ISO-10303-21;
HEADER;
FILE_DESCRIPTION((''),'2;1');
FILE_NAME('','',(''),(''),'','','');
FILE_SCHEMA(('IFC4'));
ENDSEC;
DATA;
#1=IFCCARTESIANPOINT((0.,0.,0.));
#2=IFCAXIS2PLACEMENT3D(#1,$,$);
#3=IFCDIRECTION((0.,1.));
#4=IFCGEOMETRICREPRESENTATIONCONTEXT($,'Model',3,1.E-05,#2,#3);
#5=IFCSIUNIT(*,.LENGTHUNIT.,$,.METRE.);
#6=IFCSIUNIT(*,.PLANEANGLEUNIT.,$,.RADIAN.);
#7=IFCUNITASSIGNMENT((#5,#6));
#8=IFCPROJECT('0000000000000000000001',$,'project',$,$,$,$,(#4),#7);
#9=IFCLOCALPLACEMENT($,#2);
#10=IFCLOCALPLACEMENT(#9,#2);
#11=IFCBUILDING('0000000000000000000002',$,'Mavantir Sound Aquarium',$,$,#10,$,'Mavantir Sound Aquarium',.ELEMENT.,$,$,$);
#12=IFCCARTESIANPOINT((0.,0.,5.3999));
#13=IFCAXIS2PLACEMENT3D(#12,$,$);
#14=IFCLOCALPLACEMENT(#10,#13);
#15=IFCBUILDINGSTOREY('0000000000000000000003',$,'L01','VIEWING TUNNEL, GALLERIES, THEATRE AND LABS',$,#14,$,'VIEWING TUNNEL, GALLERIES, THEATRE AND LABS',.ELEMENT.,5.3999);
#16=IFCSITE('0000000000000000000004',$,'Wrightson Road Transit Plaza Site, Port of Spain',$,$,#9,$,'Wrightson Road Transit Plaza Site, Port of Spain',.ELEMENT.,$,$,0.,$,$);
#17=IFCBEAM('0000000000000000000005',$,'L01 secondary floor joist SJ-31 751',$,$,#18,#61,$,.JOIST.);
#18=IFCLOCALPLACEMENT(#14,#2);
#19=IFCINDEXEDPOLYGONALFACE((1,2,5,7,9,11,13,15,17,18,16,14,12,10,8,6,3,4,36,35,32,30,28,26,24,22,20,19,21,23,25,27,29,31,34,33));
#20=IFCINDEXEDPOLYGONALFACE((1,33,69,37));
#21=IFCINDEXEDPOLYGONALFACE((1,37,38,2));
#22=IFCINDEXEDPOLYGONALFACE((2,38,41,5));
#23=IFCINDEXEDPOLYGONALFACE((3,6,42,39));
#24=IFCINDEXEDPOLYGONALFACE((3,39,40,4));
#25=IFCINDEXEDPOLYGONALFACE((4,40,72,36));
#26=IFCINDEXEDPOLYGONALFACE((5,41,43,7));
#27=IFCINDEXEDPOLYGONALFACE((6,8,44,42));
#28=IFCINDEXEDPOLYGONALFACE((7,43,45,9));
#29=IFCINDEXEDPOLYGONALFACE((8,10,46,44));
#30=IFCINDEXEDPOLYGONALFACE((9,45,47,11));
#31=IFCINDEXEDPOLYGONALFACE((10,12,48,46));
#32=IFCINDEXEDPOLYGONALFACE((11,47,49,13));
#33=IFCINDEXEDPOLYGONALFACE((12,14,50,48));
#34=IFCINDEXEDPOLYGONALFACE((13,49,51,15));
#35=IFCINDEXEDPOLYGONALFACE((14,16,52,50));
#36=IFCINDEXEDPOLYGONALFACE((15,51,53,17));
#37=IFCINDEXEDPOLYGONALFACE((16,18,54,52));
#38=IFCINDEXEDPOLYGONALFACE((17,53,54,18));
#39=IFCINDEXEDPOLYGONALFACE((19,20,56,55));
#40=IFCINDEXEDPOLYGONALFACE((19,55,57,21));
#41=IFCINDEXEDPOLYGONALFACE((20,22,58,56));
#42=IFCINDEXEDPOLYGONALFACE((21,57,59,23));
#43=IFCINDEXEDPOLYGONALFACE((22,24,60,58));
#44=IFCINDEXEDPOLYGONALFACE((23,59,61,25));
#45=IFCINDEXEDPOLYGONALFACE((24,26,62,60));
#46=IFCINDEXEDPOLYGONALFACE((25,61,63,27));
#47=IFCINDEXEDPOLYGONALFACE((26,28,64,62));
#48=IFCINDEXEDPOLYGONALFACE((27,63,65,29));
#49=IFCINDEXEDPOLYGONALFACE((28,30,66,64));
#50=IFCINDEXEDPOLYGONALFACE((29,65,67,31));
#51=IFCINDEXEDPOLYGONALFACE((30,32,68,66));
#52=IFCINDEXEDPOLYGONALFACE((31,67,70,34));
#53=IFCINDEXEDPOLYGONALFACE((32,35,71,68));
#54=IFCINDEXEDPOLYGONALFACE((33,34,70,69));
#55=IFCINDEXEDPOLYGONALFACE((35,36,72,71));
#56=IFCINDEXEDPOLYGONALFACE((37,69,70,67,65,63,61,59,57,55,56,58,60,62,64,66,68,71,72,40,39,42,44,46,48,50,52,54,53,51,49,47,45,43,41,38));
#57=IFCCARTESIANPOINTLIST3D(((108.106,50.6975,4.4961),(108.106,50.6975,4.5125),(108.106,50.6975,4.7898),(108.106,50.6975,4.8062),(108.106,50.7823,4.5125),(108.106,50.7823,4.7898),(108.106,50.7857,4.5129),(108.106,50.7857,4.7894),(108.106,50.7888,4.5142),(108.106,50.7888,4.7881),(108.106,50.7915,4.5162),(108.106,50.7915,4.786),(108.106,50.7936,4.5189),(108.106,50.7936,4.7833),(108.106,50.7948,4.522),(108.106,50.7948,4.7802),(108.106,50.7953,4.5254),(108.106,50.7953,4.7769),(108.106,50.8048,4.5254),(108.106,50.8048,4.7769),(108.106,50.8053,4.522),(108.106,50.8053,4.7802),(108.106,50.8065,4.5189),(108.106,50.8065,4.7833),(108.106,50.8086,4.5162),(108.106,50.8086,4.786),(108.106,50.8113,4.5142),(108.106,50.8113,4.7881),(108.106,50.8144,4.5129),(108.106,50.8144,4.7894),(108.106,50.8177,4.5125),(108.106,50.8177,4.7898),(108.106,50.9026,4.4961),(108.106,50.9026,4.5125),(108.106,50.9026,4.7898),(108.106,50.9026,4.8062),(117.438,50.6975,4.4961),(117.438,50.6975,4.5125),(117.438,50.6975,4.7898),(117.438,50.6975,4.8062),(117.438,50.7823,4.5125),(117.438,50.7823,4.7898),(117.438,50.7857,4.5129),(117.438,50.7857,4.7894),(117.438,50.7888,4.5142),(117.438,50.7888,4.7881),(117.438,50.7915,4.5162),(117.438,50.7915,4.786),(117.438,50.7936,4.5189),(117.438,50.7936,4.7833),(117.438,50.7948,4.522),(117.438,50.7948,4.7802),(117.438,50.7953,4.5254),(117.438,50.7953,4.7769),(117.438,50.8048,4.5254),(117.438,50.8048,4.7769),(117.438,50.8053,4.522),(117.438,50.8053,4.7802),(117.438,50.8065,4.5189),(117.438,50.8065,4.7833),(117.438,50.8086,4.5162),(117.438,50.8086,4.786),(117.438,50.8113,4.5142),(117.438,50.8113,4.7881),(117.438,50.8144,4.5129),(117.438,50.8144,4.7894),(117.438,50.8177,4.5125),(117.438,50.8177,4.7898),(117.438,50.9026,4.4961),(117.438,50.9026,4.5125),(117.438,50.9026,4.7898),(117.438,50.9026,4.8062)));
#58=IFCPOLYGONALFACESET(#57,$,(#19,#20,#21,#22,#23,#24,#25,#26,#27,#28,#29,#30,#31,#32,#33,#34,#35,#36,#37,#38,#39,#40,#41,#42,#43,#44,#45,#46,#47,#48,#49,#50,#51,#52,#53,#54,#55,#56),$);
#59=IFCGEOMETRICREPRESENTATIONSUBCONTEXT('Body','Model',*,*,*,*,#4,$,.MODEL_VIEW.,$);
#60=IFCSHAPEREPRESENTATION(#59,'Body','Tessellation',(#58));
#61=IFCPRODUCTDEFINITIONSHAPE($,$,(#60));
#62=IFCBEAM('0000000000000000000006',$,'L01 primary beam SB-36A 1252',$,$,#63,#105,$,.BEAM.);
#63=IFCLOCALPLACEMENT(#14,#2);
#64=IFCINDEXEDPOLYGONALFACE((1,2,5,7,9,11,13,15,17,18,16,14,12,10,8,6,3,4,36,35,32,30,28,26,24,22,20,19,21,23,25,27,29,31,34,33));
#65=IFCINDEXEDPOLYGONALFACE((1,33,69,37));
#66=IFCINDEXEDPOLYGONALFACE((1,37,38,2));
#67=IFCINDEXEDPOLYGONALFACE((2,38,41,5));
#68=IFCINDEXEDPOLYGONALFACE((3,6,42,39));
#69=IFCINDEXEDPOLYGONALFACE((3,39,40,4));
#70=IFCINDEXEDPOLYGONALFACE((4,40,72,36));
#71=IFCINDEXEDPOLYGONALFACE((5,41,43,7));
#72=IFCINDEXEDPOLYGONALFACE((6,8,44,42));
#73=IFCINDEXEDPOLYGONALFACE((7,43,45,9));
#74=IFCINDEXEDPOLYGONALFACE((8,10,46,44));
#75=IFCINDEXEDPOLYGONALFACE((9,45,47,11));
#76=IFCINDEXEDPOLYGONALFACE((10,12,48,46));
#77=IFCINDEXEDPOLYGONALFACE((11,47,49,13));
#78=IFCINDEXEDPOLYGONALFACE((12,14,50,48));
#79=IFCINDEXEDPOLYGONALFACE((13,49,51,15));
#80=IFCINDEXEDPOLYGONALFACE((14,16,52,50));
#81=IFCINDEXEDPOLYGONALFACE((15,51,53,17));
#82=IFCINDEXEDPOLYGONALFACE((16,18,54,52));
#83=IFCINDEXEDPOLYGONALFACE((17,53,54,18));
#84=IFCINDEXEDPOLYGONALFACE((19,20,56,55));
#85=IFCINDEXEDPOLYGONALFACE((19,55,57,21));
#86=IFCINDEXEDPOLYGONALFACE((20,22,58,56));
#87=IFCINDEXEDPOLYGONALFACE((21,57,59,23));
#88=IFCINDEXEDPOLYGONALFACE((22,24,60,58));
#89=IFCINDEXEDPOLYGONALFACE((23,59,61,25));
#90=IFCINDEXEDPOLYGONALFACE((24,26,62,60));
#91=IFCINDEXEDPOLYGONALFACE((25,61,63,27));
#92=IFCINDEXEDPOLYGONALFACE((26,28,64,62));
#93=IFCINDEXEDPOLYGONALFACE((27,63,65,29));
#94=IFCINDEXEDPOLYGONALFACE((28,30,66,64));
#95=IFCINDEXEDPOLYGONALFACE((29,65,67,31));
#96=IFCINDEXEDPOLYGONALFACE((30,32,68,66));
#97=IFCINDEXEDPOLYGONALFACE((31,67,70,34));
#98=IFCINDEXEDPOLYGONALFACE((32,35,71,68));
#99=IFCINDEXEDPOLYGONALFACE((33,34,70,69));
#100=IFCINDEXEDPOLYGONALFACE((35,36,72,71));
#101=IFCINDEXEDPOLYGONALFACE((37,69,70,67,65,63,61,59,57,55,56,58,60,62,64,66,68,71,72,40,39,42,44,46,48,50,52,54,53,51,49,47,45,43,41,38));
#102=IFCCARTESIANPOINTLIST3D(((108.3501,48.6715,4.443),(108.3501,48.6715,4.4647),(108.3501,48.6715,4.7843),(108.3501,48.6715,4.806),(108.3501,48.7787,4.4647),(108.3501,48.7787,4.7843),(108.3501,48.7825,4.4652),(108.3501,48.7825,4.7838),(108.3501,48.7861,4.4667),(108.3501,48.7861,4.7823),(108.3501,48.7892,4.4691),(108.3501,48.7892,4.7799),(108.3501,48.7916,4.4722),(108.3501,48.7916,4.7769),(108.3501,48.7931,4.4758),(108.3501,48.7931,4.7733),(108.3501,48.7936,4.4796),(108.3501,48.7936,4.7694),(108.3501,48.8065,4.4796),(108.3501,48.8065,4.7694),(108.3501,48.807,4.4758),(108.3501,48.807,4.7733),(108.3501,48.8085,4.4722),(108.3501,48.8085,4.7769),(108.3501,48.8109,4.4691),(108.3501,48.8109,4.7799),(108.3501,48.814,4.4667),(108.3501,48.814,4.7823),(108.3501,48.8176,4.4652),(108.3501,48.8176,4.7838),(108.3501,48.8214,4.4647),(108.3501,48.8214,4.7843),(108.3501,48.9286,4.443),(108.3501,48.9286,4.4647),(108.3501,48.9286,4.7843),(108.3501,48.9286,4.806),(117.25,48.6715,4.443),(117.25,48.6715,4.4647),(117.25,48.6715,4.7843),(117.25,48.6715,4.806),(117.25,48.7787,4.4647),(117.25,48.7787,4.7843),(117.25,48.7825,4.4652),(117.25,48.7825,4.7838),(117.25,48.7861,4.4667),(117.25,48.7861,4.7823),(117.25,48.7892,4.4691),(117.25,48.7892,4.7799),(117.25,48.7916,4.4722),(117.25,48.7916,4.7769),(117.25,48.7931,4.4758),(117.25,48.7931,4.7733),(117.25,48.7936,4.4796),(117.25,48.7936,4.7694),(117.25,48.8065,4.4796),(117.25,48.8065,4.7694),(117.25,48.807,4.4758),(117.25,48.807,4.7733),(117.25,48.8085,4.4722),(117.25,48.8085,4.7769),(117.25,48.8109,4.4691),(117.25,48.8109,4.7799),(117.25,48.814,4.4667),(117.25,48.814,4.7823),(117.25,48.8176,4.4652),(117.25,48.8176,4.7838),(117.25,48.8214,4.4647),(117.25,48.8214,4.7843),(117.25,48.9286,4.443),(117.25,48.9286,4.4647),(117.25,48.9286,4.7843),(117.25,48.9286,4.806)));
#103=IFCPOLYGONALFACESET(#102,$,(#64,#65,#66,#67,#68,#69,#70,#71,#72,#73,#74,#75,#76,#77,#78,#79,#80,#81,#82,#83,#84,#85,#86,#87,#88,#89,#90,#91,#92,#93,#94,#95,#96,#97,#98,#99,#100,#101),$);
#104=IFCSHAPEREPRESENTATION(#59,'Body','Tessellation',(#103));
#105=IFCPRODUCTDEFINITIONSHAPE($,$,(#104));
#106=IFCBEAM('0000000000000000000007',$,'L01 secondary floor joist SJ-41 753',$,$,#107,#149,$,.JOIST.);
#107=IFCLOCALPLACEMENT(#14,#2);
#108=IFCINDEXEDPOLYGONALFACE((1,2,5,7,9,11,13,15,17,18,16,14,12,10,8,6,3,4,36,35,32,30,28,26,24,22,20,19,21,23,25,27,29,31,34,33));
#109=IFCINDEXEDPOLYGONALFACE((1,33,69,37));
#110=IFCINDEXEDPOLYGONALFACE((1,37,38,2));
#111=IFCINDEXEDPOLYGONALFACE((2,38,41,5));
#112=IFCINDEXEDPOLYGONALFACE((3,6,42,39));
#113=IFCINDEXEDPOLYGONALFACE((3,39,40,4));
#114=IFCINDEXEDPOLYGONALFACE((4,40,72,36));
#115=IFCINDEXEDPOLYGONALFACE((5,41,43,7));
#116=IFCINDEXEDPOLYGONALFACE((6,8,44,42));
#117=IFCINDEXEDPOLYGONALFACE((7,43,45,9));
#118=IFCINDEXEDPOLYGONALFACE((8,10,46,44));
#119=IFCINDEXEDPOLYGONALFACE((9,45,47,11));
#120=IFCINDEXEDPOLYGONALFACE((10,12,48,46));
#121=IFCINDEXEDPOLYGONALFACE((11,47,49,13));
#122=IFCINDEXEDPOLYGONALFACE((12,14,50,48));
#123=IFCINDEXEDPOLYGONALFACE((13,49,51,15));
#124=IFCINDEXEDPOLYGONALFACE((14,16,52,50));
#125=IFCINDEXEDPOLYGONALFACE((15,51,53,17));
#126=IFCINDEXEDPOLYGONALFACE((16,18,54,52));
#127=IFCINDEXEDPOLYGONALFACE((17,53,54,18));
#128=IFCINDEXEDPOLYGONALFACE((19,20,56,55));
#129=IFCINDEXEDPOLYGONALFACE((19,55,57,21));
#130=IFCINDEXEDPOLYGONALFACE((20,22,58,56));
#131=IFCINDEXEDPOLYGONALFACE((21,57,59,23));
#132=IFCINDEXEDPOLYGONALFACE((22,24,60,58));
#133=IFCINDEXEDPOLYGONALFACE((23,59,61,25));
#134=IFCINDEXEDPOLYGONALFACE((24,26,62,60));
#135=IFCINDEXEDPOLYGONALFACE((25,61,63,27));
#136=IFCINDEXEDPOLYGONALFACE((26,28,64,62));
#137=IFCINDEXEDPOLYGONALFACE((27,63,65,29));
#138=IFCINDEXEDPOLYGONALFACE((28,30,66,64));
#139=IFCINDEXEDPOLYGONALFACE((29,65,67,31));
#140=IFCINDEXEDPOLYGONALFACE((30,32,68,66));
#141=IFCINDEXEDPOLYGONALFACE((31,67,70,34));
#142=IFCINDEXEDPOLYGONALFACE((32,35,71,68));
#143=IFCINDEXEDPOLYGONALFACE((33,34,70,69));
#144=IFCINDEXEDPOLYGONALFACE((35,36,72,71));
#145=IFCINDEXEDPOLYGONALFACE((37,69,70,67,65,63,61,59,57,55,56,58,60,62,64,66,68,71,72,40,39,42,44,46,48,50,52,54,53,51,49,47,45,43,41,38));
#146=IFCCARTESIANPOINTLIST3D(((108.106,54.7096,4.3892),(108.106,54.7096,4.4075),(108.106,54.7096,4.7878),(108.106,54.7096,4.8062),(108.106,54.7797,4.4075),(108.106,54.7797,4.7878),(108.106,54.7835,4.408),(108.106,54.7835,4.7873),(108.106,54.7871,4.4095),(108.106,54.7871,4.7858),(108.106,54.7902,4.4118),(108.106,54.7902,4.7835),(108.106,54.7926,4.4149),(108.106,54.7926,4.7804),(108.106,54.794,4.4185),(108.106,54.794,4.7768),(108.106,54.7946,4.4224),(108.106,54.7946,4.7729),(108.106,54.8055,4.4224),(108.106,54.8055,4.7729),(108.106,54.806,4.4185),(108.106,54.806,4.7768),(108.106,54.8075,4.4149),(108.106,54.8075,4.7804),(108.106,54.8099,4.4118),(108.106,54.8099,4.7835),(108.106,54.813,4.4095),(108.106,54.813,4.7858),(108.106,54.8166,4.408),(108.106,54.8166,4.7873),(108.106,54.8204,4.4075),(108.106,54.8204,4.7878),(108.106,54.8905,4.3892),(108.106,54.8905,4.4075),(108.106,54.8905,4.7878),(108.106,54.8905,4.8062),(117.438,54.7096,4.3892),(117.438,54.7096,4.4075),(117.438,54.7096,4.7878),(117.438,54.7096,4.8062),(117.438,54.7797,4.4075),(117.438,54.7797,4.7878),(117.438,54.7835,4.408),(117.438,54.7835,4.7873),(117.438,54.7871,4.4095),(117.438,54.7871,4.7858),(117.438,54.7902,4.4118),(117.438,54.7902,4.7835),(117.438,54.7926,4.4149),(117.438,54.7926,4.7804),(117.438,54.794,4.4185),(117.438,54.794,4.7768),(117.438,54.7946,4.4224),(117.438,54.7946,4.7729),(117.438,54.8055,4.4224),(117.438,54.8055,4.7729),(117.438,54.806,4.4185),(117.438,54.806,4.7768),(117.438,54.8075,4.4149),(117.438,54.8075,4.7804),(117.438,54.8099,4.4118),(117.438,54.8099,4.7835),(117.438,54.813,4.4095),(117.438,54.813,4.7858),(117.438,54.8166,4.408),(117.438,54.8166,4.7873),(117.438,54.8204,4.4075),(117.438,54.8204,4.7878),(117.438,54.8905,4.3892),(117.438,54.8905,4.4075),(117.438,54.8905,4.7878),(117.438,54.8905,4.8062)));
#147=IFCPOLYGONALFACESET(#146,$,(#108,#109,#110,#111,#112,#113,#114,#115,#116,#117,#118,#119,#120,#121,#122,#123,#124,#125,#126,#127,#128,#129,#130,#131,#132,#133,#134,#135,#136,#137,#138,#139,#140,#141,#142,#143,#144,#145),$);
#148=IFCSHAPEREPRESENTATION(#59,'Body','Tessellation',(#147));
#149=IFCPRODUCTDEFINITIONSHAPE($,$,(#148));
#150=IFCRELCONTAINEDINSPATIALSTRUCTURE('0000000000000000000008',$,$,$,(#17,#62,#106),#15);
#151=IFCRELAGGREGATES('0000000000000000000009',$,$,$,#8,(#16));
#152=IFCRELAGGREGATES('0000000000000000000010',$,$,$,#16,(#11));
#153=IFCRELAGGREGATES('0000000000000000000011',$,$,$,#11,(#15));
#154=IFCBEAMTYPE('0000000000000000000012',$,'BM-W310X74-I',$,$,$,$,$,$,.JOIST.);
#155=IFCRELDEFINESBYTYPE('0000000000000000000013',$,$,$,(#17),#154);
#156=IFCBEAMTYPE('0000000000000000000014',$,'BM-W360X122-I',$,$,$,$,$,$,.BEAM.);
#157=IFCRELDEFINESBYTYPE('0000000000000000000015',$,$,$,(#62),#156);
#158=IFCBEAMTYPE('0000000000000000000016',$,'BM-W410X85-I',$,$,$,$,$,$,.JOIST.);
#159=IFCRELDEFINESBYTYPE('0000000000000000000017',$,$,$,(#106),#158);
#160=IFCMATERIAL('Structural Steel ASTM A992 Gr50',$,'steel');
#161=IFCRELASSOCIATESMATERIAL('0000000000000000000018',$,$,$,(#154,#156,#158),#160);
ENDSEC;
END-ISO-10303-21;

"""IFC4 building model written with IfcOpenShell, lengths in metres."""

from ifc_helpers import new_model, si_unit, direction, frame, origin, origin_2d, place, context, subcontext, project, spatial, i_section, extrude, material, material_profile, profile_set, type_object, element, save


model = new_model("IFC4")

# Units and contexts
model_context = context("Model", 3, precision=1e-05, world=origin(), true_north=direction((0.0, 1.0)))
body_context = subcontext(model_context, "Body", "Model", "MODEL_VIEW")
ifc_project = project(units=[si_unit("LENGTHUNIT", "METRE"), si_unit("PLANEANGLEUNIT", "RADIAN")], contexts=[model_context])

# Site, building, storey
site_placement = place(None, origin())
site = spatial("IfcSite", under=ifc_project, at=site_placement, Name="Wrightson Road Transit Plaza Site, Port of Spain", LongName="Wrightson Road Transit Plaza Site, Port of Spain", CompositionType="ELEMENT", RefElevation=0.0)
building_placement = place(site_placement, origin())
building = spatial("IfcBuilding", under=site, at=building_placement, Name="Mavantir Sound Aquarium", LongName="Mavantir Sound Aquarium", CompositionType="ELEMENT")
storey_placement = place(building_placement, frame((0.0, 0.0, 5.3999)))
storey = spatial("IfcBuildingStorey", under=building, at=storey_placement, Name="L01", Description="VIEWING TUNNEL, GALLERIES, THEATRE AND LABS", LongName="VIEWING TUNNEL, GALLERIES, THEATRE AND LABS", CompositionType="ELEMENT", Elevation=5.3999)

# Beams
ifc_material_1 = material(Name="Structural Steel ASTM A992 Gr50", Category="steel")
ifc_material_profile_1 = material_profile(ifc_material_1, i_section(OverallWidth=0.2051, OverallDepth=0.3101, WebThickness=0.0095, FlangeThickness=0.0164, FilletRadius=0.0129, at=origin_2d()), Name="W310X74")
ifc_profile_set_1 = profile_set([ifc_material_profile_1], Name="Structural Steel ASTM A992 Gr50")
beam_type_1 = type_object("IfcBeamType", Name="BM-W310X74-I", PredefinedType="JOIST", material=ifc_profile_set_1)
beam_1_placement = place(storey_placement, frame((108.106, 50.8, 4.6511), z_axis=(1.0, 0.0, 0.0), x_axis=(0.0, 1.0, 0.0)))
element("IfcBeam", 1, at=beam_1_placement, inside=storey, type_object=beam_type_1, Name="L01 secondary floor joist SJ-31 751", PredefinedType="JOIST", context=body_context, shape_type="SweptSolid", body=[
    extrude(i_section(OverallWidth=0.2051, OverallDepth=0.3101, WebThickness=0.0095, FlangeThickness=0.0164, FilletRadius=0.0129, at=origin_2d()), origin(), (0.0, 0.0, 1.0), 9.332),
])
ifc_material_profile_2 = material_profile(ifc_material_1, i_section(OverallWidth=0.2571, OverallDepth=0.363, WebThickness=0.0129, FlangeThickness=0.0217, FilletRadius=0.0149, at=origin_2d()), Name="W360X122")
ifc_profile_set_2 = profile_set([ifc_material_profile_2], Name="Structural Steel ASTM A992 Gr50")
beam_type_2 = type_object("IfcBeamType", Name="BM-W360X122-I", PredefinedType="BEAM", material=ifc_profile_set_2)
beam_2_placement = place(storey_placement, frame((108.3501, 48.8, 4.6245), z_axis=(1.0, 0.0, 0.0), x_axis=(0.0, 1.0, 0.0)))
element("IfcBeam", 2, at=beam_2_placement, inside=storey, type_object=beam_type_2, Name="L01 primary beam SB-36A 1252", PredefinedType="BEAM", context=body_context, shape_type="SweptSolid", body=[
    extrude(i_section(OverallWidth=0.2571, OverallDepth=0.363, WebThickness=0.0129, FlangeThickness=0.0217, FilletRadius=0.0149, at=origin_2d()), origin(), (0.0, 0.0, 1.0), 8.8999),
])
ifc_material_profile_3 = material_profile(ifc_material_1, i_section(OverallWidth=0.1809, OverallDepth=0.417, WebThickness=0.011, FlangeThickness=0.0183, FilletRadius=0.0149, at=origin_2d()), Name="W410X85")
ifc_profile_set_3 = profile_set([ifc_material_profile_3], Name="Structural Steel ASTM A992 Gr50")
beam_type_3 = type_object("IfcBeamType", Name="BM-W410X85-I", PredefinedType="JOIST", material=ifc_profile_set_3)
beam_3_placement = place(storey_placement, frame((108.106, 54.8, 4.5977), z_axis=(1.0, 0.0, 0.0), x_axis=(0.0, 1.0, 0.0)))
element("IfcBeam", 3, at=beam_3_placement, inside=storey, type_object=beam_type_3, Name="L01 secondary floor joist SJ-41 753", PredefinedType="JOIST", context=body_context, shape_type="SweptSolid", body=[
    extrude(i_section(OverallWidth=0.1809, OverallDepth=0.417, WebThickness=0.011, FlangeThickness=0.0183, FilletRadius=0.0149, at=origin_2d()), origin(), (0.0, 0.0, 1.0), 9.332),
])

save(model, "model.ifc")
